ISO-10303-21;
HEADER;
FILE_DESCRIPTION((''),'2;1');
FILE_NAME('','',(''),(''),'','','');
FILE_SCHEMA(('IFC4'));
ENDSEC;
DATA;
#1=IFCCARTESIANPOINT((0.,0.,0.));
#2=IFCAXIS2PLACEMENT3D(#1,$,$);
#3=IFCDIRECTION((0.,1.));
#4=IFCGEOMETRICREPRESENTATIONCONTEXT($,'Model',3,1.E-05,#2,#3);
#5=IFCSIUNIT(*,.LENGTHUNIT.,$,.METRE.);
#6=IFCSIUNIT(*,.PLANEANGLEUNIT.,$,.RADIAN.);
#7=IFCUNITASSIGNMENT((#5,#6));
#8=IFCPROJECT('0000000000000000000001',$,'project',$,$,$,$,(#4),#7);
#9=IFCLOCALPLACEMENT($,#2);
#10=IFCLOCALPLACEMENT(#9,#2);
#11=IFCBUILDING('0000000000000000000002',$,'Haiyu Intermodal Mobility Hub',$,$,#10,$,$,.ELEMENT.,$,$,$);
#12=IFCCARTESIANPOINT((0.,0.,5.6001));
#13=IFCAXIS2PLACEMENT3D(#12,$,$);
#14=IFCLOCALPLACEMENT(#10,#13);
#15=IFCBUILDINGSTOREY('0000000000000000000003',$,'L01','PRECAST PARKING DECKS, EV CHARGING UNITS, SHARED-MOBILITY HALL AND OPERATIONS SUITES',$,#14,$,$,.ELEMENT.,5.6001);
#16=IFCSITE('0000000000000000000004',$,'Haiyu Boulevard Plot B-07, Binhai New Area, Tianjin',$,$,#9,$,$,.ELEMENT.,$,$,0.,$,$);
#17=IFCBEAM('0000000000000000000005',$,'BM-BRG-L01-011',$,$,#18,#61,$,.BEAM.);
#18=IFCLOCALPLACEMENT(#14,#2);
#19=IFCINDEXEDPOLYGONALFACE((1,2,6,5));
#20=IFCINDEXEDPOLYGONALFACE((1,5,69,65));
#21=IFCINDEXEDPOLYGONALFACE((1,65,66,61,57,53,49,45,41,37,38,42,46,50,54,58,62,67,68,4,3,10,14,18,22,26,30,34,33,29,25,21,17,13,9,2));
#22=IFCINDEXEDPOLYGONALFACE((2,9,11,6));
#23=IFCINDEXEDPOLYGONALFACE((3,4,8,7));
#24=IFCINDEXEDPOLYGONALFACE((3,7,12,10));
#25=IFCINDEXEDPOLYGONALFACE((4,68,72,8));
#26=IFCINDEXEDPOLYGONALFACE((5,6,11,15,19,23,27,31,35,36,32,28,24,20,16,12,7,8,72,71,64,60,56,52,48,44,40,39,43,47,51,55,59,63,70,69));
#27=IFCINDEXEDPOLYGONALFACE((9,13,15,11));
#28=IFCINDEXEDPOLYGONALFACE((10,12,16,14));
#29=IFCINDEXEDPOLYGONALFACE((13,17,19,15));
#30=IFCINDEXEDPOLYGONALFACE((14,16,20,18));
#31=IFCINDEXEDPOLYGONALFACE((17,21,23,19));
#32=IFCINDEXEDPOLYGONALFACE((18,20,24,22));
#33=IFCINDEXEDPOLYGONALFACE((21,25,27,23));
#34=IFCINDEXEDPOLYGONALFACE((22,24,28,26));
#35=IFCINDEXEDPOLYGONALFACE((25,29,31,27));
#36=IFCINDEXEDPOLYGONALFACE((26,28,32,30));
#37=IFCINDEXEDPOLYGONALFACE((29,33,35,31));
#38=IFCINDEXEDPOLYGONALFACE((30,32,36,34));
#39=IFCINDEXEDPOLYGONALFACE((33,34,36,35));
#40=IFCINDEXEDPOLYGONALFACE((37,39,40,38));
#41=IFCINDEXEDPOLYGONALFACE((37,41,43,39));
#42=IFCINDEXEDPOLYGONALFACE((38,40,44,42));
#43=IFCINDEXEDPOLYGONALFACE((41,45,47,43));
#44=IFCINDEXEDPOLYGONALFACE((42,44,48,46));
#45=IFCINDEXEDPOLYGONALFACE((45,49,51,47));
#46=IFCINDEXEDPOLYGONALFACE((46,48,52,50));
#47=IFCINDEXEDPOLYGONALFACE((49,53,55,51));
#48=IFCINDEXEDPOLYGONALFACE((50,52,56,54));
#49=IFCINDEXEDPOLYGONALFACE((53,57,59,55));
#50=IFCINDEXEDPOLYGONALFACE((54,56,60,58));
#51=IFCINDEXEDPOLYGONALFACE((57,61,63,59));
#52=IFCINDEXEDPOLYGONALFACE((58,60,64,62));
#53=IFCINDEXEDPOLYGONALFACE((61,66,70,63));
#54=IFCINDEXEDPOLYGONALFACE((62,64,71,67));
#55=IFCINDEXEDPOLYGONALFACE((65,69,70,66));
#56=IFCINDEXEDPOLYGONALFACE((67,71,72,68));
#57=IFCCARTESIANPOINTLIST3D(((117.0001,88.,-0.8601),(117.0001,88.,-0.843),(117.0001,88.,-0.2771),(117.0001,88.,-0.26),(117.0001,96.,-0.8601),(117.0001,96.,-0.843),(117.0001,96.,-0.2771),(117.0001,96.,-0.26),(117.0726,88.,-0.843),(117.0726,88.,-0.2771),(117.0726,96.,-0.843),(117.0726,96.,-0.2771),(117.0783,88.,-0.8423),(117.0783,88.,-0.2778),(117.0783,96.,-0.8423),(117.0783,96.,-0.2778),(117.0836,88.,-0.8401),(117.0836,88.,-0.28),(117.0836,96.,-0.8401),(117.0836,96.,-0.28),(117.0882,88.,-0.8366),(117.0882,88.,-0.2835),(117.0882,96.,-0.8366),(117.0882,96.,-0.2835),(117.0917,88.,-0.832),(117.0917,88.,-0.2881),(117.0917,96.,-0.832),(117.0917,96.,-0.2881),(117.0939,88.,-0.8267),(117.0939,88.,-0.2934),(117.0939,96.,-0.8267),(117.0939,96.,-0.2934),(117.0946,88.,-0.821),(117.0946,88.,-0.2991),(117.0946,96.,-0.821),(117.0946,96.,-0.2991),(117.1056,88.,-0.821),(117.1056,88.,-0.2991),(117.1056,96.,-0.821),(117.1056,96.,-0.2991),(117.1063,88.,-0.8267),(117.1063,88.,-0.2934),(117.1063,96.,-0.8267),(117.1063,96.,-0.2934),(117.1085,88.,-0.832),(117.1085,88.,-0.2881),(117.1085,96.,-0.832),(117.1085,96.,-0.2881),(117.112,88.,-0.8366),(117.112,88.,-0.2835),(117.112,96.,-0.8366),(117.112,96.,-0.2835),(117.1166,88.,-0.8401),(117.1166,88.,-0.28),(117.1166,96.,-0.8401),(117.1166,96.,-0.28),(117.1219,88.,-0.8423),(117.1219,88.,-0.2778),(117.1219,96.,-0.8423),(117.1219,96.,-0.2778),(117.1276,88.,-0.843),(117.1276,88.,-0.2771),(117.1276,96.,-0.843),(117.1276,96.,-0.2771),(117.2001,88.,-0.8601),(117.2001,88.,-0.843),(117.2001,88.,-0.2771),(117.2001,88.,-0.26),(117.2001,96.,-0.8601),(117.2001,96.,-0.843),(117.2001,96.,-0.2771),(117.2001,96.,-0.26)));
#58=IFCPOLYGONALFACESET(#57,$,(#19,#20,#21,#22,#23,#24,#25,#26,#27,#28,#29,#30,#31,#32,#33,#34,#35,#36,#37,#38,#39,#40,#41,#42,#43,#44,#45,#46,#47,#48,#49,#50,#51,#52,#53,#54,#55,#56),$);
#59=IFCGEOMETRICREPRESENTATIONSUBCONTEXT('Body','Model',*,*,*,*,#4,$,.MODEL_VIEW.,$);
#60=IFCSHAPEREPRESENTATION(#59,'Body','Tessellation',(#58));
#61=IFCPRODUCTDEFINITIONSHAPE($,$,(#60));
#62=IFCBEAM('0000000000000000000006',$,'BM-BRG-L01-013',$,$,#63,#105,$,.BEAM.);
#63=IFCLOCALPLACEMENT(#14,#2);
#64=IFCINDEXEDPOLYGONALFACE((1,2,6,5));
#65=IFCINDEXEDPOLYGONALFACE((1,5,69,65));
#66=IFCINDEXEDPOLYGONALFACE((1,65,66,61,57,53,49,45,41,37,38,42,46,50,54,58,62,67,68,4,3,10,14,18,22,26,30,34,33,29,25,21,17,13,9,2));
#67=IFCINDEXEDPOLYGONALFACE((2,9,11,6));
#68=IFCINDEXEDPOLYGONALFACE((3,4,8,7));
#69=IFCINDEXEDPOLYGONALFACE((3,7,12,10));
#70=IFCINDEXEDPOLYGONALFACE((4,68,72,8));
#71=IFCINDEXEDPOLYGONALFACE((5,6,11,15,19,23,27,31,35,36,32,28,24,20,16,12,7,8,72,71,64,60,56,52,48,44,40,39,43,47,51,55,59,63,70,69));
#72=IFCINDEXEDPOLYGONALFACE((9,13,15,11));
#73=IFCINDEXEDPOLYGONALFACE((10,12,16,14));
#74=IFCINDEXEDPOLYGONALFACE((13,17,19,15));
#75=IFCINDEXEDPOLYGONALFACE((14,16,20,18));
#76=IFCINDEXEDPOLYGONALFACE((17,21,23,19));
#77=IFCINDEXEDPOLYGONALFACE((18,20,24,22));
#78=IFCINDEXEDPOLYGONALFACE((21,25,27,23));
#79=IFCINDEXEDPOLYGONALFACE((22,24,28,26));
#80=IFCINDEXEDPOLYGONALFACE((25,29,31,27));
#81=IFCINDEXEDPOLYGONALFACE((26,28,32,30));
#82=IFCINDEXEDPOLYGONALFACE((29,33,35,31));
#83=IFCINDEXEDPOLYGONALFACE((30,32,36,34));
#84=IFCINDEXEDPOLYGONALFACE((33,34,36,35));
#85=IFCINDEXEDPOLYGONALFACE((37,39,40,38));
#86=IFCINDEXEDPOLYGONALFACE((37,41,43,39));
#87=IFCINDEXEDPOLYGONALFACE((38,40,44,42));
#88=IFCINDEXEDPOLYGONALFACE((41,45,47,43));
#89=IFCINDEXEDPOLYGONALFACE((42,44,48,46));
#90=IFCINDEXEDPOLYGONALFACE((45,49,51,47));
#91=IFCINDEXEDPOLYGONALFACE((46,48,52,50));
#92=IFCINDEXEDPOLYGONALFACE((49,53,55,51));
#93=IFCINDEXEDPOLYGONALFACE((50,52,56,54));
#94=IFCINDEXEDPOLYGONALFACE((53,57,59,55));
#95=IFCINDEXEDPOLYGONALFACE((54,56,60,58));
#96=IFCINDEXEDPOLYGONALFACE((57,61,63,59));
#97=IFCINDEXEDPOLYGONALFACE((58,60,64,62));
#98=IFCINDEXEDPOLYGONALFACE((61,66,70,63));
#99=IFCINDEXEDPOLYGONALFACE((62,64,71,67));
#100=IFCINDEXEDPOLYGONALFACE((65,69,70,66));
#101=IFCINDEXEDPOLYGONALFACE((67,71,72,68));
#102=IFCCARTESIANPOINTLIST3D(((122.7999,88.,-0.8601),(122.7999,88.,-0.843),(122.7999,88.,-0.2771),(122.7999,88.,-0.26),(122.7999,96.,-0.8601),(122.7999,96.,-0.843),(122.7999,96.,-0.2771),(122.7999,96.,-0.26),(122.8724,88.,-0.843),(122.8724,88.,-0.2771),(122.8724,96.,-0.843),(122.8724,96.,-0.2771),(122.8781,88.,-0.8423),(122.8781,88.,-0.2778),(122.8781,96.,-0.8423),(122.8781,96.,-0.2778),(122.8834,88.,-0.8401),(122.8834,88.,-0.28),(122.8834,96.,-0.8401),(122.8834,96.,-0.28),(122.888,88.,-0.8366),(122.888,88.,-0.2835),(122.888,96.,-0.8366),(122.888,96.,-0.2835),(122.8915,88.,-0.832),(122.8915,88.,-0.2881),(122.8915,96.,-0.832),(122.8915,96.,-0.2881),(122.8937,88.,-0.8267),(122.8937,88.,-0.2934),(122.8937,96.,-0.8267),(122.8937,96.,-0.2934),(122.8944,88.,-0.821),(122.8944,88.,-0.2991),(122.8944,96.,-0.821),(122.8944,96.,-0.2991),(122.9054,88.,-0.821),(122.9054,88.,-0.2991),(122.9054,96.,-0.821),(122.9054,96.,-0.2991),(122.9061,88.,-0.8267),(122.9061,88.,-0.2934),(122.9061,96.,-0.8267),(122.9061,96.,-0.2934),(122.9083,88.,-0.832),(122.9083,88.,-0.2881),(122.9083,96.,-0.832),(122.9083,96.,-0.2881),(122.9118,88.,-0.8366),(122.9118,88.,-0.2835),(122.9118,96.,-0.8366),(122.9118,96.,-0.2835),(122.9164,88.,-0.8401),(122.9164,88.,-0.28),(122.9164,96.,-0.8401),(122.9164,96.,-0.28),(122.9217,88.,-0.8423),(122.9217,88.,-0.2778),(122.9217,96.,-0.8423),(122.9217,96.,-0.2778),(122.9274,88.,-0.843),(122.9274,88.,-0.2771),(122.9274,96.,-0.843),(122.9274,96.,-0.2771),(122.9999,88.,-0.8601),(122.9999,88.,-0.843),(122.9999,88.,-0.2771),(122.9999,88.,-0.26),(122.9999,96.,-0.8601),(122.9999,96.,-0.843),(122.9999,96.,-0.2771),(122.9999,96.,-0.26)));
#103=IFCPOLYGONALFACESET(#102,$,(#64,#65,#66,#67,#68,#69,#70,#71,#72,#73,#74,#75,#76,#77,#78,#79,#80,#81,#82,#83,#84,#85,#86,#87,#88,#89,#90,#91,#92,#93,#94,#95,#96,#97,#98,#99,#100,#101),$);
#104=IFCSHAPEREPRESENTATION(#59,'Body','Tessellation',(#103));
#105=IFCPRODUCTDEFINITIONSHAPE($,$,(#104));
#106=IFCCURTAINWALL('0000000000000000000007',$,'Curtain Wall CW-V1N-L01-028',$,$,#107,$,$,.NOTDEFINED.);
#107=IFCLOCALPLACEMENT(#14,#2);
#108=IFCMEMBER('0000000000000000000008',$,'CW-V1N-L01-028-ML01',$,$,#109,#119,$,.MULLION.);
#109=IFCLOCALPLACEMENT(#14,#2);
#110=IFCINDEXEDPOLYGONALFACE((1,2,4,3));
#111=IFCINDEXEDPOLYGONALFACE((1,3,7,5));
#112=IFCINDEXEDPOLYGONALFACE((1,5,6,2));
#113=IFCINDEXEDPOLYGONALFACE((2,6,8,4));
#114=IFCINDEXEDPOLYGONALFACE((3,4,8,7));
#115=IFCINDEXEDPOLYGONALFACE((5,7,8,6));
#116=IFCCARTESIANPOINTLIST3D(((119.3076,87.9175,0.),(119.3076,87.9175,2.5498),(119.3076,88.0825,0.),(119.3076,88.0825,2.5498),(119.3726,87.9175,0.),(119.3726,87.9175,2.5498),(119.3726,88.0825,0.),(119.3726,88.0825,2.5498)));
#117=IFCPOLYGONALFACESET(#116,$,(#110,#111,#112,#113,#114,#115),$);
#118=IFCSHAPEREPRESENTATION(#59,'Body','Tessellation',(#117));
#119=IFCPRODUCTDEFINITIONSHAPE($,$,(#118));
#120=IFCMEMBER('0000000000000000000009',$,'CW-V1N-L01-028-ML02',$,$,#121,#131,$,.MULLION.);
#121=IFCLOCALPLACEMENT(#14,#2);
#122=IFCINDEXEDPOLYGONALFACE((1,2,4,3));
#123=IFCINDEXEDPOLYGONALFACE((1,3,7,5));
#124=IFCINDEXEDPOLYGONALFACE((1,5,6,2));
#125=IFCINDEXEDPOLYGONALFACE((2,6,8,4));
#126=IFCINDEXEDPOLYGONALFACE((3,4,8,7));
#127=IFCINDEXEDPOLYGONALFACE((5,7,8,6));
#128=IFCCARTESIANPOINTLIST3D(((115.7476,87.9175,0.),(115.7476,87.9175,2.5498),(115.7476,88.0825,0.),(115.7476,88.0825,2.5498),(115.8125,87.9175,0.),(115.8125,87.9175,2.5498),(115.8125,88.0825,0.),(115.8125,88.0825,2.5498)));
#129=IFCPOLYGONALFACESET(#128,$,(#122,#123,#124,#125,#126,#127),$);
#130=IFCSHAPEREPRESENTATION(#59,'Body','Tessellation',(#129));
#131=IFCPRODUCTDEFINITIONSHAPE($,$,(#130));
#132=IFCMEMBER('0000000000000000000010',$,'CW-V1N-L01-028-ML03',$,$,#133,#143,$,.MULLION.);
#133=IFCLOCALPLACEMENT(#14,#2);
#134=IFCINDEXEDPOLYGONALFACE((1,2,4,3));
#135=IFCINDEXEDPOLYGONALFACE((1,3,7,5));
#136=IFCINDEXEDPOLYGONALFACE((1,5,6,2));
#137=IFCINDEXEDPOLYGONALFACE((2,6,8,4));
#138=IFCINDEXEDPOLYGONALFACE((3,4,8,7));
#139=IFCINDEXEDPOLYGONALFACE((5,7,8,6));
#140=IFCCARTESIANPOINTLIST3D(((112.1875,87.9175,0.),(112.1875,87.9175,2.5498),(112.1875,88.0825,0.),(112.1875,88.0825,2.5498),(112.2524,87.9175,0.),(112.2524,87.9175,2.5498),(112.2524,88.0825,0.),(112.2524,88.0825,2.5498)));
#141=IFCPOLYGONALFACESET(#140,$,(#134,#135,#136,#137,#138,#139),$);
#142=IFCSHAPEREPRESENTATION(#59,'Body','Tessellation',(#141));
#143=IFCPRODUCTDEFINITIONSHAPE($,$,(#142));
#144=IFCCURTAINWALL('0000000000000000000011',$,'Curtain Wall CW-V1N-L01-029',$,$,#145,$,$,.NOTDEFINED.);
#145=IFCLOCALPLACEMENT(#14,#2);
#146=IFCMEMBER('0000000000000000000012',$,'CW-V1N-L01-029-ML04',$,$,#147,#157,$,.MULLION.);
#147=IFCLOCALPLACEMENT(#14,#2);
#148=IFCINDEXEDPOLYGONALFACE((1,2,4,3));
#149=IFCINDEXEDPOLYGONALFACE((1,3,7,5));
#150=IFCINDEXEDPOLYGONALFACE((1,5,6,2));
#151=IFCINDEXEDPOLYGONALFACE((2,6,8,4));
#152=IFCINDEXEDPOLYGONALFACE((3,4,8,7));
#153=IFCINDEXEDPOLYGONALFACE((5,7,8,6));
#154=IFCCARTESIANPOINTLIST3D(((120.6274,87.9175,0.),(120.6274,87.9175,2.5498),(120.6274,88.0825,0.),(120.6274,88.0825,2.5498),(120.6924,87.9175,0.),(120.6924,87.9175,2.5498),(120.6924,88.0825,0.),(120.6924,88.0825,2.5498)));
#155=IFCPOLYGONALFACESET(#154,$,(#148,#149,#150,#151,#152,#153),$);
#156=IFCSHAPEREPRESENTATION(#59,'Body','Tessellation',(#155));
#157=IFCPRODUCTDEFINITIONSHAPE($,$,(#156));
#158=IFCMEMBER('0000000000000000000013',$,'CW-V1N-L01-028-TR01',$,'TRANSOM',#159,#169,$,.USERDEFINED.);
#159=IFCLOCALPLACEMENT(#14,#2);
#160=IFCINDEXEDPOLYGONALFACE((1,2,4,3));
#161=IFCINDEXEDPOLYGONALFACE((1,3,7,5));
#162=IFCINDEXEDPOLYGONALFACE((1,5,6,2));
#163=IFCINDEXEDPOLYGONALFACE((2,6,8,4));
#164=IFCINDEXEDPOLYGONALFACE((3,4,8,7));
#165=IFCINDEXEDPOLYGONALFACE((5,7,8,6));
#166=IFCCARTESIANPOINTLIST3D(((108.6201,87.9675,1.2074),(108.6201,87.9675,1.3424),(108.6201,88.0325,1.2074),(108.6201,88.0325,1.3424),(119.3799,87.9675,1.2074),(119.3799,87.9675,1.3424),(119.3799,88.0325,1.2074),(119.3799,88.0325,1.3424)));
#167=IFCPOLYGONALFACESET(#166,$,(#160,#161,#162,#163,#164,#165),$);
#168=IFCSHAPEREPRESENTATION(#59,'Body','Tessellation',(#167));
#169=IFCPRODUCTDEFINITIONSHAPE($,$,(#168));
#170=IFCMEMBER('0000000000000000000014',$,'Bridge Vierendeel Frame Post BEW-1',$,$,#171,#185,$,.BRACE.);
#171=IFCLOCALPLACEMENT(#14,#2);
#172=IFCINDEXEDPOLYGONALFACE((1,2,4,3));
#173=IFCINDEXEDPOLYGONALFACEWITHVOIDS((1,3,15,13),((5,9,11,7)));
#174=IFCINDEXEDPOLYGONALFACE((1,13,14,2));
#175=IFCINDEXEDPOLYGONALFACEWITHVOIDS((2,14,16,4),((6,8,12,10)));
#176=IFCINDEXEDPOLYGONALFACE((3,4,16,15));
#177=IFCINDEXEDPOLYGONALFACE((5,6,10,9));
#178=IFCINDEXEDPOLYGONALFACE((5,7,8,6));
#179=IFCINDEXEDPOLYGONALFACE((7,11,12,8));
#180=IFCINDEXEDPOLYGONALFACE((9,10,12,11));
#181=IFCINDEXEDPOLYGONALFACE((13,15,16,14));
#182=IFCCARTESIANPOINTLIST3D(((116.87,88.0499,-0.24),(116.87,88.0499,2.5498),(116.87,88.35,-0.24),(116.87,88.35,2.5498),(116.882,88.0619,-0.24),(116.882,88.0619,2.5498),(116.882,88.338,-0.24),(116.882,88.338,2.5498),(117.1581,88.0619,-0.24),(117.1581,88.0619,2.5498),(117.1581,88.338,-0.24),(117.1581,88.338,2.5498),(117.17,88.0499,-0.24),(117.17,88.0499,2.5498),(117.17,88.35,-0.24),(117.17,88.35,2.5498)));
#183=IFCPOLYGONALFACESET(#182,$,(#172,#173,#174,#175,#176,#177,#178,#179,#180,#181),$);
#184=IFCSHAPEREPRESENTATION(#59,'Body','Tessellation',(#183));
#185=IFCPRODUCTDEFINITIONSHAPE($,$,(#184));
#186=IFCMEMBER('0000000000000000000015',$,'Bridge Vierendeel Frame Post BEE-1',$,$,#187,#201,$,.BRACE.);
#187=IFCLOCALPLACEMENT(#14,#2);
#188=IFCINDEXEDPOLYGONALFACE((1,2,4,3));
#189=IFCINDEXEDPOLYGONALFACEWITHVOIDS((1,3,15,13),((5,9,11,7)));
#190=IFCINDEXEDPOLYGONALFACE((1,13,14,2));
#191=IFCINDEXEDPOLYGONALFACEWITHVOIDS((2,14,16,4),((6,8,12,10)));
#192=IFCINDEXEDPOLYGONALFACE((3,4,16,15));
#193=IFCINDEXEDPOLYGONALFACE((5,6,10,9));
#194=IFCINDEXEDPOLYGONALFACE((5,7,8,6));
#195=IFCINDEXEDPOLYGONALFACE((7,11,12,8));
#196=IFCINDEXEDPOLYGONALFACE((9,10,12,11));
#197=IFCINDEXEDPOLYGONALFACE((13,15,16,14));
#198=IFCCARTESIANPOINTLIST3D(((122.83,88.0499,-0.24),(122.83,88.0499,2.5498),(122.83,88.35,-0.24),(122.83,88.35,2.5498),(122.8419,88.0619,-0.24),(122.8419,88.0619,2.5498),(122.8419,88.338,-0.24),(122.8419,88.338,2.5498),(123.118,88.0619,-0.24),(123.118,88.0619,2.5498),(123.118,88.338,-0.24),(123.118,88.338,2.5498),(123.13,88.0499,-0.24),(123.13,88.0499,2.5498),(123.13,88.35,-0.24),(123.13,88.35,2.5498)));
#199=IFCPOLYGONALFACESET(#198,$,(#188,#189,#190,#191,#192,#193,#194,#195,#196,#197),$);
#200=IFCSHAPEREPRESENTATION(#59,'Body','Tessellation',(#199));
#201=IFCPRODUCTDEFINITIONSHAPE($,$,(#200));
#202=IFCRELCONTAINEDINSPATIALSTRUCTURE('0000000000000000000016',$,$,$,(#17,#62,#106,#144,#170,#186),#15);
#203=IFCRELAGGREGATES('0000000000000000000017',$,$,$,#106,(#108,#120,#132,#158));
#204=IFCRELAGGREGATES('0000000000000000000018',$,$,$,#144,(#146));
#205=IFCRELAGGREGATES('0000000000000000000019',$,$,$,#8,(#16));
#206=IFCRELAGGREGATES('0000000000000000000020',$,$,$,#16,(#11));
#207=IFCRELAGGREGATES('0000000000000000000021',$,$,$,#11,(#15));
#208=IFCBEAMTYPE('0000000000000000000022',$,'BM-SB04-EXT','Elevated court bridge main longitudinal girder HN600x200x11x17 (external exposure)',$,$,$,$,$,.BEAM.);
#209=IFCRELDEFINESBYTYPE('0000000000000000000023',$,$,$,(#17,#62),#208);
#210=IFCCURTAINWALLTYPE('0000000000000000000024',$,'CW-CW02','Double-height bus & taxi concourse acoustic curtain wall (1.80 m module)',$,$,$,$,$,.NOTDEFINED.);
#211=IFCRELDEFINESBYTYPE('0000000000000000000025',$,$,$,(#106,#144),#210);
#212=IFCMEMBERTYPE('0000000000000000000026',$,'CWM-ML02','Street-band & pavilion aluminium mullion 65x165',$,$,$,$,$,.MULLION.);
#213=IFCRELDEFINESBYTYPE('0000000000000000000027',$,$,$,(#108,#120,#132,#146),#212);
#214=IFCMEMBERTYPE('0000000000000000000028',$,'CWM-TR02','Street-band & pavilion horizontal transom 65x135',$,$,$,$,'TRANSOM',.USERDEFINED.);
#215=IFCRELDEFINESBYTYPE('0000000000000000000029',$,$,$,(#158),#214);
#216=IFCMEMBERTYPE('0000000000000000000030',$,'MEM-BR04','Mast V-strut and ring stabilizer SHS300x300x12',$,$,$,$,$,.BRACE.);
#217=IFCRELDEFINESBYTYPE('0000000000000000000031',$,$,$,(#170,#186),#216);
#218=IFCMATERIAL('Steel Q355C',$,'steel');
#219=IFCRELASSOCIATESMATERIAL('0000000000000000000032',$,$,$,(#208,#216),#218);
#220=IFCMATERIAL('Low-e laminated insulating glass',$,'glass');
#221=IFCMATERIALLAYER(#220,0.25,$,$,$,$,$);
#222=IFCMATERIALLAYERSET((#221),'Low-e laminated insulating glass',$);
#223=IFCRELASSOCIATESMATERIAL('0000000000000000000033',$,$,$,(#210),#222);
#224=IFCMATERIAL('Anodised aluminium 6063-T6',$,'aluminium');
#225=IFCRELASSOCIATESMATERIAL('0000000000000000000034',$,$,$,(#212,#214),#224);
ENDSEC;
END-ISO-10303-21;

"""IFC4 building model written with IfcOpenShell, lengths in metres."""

from ifc_helpers import new_model, si_unit, direction, frame, origin, origin_2d, place, context, subcontext, project, spatial, rectangle, hollow_rectangle, i_section, extrude, material, layer, layer_set, material_profile, profile_set, type_object, element, aggregate, save


model = new_model("IFC4")

# Units and contexts
model_context = context("Model", 3, precision=1e-05, world=origin(), true_north=direction((0.0, 1.0)))
body_context = subcontext(model_context, "Body", "Model", "MODEL_VIEW")
ifc_project = project(units=[si_unit("LENGTHUNIT", "METRE"), si_unit("PLANEANGLEUNIT", "RADIAN")], contexts=[model_context])

# Site, building, storey
site_placement = place(None, origin())
site = spatial("IfcSite", under=ifc_project, at=site_placement, Name="Haiyu Boulevard Plot B-07, Binhai New Area, Tianjin", CompositionType="ELEMENT", RefElevation=0.0)
building_placement = place(site_placement, origin())
building = spatial("IfcBuilding", under=site, at=building_placement, Name="Haiyu Intermodal Mobility Hub", CompositionType="ELEMENT")
storey_placement = place(building_placement, frame((0.0, 0.0, 5.6001)))
storey = spatial("IfcBuildingStorey", under=building, at=storey_placement, Name="L01", Description="PRECAST PARKING DECKS, EV CHARGING UNITS, SHARED-MOBILITY HALL AND OPERATIONS SUITES", CompositionType="ELEMENT", Elevation=5.6001)

# Shared definitions
ifc_material_1 = material(Name="Steel Q355C", Category="steel")

# Beams
ifc_material_profile_1 = material_profile(ifc_material_1, i_section(OverallWidth=0.2, OverallDepth=0.6001, WebThickness=0.011, FlangeThickness=0.0171, FilletRadius=0.022, at=origin_2d()), Name="HN600x200x11x17")
ifc_profile_set_1 = profile_set([ifc_material_profile_1], Name="Steel Q355C")
beam_type_1 = type_object("IfcBeamType", Name="BM-SB04-EXT", Description="Elevated court bridge main longitudinal girder HN600x200x11x17 (external exposure)", PredefinedType="BEAM", material=ifc_profile_set_1)
for number, where, z_axis, x_axis, name in (
    (1, (117.1001, 88.0, -0.5601), (0.0, 1.0, 0.0), (-1.0, 0.0, 0.0), "BM-BRG-L01-011"),
    (2, (122.8999, 88.0, -0.5601), (0.0, 1.0, 0.0), (-1.0, 0.0, 0.0), "BM-BRG-L01-013"),
):
    element("IfcBeam", number, at=place(storey_placement, frame(where, z_axis=z_axis, x_axis=x_axis)), inside=storey, type_object=beam_type_1, Name=name, PredefinedType="BEAM", context=body_context, shape_type="SweptSolid", body=[
        extrude(i_section(OverallWidth=0.2, OverallDepth=0.6001, WebThickness=0.011, FlangeThickness=0.0171, FilletRadius=0.022, at=origin_2d()), origin(), (0.0, 0.0, 1.0), 8.0),
    ])

# Curtain wall, members
ifc_material_2 = material(Name="Low-e laminated insulating glass", Category="glass")
ifc_layer_1 = layer(ifc_material_2, 0.25)
ifc_layer_set_1 = layer_set([ifc_layer_1], Name="Low-e laminated insulating glass")
curtain_wall_type = type_object("IfcCurtainWallType", Name="CW-CW02", Description="Double-height bus & taxi concourse acoustic curtain wall (1.80 m module)", PredefinedType="NOTDEFINED", material=ifc_layer_set_1)
curtain_wall_1_placement = place(storey_placement, origin())
curtain_wall_1 = element("IfcCurtainWall", 3, at=curtain_wall_1_placement, inside=storey, type_object=curtain_wall_type, Name="Curtain Wall CW-V1N-L01-028", PredefinedType="NOTDEFINED")
ifc_material_3 = material(Name="Anodised aluminium 6063-T6", Category="aluminium")
ifc_material_profile_2 = material_profile(ifc_material_3, rectangle(XDim=0.0649, YDim=0.165, at=origin_2d()), Name="ALU65x165")
ifc_profile_set_2 = profile_set([ifc_material_profile_2], Name="Anodised aluminium 6063-T6")
member_type_1 = type_object("IfcMemberType", Name="CWM-ML02", Description="Street-band & pavilion aluminium mullion 65x165", PredefinedType="MULLION", material=ifc_profile_set_2)
member_1_placement = place(storey_placement, frame((119.3401, 88.0, 0.0), z_axis=(0.0, 0.0, 1.0), x_axis=(1.0, 0.0, 0.0)))
member_1 = element("IfcMember", 4, at=member_1_placement, type_object=member_type_1, Name="CW-V1N-L01-028-ML01", PredefinedType="MULLION", context=body_context, shape_type="SweptSolid", body=[
    extrude(rectangle(XDim=0.0649, YDim=0.165, at=origin_2d()), origin(), (0.0, 0.0, 1.0), 2.5498),
])
member_2_placement = place(storey_placement, frame((115.78, 88.0, 0.0), z_axis=(0.0, 0.0, 1.0), x_axis=(1.0, 0.0, 0.0)))
member_2 = element("IfcMember", 5, at=member_2_placement, type_object=member_type_1, Name="CW-V1N-L01-028-ML02", PredefinedType="MULLION", context=body_context, shape_type="SweptSolid", body=[
    extrude(rectangle(XDim=0.0649, YDim=0.165, at=origin_2d()), origin(), (0.0, 0.0, 1.0), 2.5498),
])
member_3_placement = place(storey_placement, frame((112.22, 88.0, 0.0), z_axis=(0.0, 0.0, 1.0), x_axis=(1.0, 0.0, 0.0)))
member_3 = element("IfcMember", 6, at=member_3_placement, type_object=member_type_1, Name="CW-V1N-L01-028-ML03", PredefinedType="MULLION", context=body_context, shape_type="SweptSolid", body=[
    extrude(rectangle(XDim=0.0649, YDim=0.165, at=origin_2d()), origin(), (0.0, 0.0, 1.0), 2.5498),
])

# Curtain wall, member
curtain_wall_2_placement = place(storey_placement, origin())
curtain_wall_2 = element("IfcCurtainWall", 7, at=curtain_wall_2_placement, inside=storey, type_object=curtain_wall_type, Name="Curtain Wall CW-V1N-L01-029", PredefinedType="NOTDEFINED")
member_4_placement = place(storey_placement, frame((120.6599, 88.0, 0.0), z_axis=(0.0, 0.0, 1.0), x_axis=(1.0, 0.0, 0.0)))
member_4 = element("IfcMember", 8, at=member_4_placement, type_object=member_type_1, Name="CW-V1N-L01-029-ML04", PredefinedType="MULLION", context=body_context, shape_type="SweptSolid", body=[
    extrude(rectangle(XDim=0.0649, YDim=0.165, at=origin_2d()), origin(), (0.0, 0.0, 1.0), 2.5498),
])

# Member
ifc_material_profile_3 = material_profile(ifc_material_3, rectangle(XDim=0.0649, YDim=0.135, at=origin_2d()), Name="ALU65x135")
ifc_profile_set_3 = profile_set([ifc_material_profile_3], Name="Anodised aluminium 6063-T6")
member_type_2 = type_object("IfcMemberType", Name="CWM-TR02", Description="Street-band & pavilion horizontal transom 65x135", ElementType="TRANSOM", PredefinedType="USERDEFINED", material=ifc_profile_set_3)
member_5_placement = place(storey_placement, frame((119.3799, 88.0, 1.2749), z_axis=(-1.0, 0.0, 0.0), x_axis=(0.0, -1.0, 0.0)))
member_5 = element("IfcMember", 9, at=member_5_placement, type_object=member_type_2, Name="CW-V1N-L01-028-TR01", ObjectType="TRANSOM", PredefinedType="USERDEFINED", context=body_context, shape_type="SweptSolid", body=[
    extrude(rectangle(XDim=0.0649, YDim=0.135, at=origin_2d()), origin(), (0.0, 0.0, 1.0), 10.7598),
])

# Members
ifc_material_profile_4 = material_profile(ifc_material_1, hollow_rectangle(XDim=0.3, YDim=0.3, WallThickness=0.012, at=origin_2d()), Name="SHS300x300x12")
ifc_profile_set_4 = profile_set([ifc_material_profile_4], Name="Steel Q355C")
member_type_3 = type_object("IfcMemberType", Name="MEM-BR04", Description="Mast V-strut and ring stabilizer SHS300x300x12", PredefinedType="BRACE", material=ifc_profile_set_4)
for number, where, z_axis, x_axis, name in (
    (10, (117.02, 88.2, -0.24), (0.0, 0.0, 1.0), (1.0, 0.0, 0.0), "Bridge Vierendeel Frame Post BEW-1"),
    (11, (122.98, 88.2, -0.24), (0.0, 0.0, 1.0), (1.0, 0.0, 0.0), "Bridge Vierendeel Frame Post BEE-1"),
):
    element("IfcMember", number, at=place(storey_placement, frame(where, z_axis=z_axis, x_axis=x_axis)), inside=storey, type_object=member_type_3, Name=name, PredefinedType="BRACE", context=body_context, shape_type="SweptSolid", body=[
        extrude(hollow_rectangle(XDim=0.3, YDim=0.3, WallThickness=0.012, at=origin_2d()), origin(), (0.0, 0.0, 1.0), 2.7898),
    ])

aggregate(curtain_wall_1, [member_1, member_2, member_3, member_5])
aggregate(curtain_wall_2, [member_4])

save(model, "model.ifc")
